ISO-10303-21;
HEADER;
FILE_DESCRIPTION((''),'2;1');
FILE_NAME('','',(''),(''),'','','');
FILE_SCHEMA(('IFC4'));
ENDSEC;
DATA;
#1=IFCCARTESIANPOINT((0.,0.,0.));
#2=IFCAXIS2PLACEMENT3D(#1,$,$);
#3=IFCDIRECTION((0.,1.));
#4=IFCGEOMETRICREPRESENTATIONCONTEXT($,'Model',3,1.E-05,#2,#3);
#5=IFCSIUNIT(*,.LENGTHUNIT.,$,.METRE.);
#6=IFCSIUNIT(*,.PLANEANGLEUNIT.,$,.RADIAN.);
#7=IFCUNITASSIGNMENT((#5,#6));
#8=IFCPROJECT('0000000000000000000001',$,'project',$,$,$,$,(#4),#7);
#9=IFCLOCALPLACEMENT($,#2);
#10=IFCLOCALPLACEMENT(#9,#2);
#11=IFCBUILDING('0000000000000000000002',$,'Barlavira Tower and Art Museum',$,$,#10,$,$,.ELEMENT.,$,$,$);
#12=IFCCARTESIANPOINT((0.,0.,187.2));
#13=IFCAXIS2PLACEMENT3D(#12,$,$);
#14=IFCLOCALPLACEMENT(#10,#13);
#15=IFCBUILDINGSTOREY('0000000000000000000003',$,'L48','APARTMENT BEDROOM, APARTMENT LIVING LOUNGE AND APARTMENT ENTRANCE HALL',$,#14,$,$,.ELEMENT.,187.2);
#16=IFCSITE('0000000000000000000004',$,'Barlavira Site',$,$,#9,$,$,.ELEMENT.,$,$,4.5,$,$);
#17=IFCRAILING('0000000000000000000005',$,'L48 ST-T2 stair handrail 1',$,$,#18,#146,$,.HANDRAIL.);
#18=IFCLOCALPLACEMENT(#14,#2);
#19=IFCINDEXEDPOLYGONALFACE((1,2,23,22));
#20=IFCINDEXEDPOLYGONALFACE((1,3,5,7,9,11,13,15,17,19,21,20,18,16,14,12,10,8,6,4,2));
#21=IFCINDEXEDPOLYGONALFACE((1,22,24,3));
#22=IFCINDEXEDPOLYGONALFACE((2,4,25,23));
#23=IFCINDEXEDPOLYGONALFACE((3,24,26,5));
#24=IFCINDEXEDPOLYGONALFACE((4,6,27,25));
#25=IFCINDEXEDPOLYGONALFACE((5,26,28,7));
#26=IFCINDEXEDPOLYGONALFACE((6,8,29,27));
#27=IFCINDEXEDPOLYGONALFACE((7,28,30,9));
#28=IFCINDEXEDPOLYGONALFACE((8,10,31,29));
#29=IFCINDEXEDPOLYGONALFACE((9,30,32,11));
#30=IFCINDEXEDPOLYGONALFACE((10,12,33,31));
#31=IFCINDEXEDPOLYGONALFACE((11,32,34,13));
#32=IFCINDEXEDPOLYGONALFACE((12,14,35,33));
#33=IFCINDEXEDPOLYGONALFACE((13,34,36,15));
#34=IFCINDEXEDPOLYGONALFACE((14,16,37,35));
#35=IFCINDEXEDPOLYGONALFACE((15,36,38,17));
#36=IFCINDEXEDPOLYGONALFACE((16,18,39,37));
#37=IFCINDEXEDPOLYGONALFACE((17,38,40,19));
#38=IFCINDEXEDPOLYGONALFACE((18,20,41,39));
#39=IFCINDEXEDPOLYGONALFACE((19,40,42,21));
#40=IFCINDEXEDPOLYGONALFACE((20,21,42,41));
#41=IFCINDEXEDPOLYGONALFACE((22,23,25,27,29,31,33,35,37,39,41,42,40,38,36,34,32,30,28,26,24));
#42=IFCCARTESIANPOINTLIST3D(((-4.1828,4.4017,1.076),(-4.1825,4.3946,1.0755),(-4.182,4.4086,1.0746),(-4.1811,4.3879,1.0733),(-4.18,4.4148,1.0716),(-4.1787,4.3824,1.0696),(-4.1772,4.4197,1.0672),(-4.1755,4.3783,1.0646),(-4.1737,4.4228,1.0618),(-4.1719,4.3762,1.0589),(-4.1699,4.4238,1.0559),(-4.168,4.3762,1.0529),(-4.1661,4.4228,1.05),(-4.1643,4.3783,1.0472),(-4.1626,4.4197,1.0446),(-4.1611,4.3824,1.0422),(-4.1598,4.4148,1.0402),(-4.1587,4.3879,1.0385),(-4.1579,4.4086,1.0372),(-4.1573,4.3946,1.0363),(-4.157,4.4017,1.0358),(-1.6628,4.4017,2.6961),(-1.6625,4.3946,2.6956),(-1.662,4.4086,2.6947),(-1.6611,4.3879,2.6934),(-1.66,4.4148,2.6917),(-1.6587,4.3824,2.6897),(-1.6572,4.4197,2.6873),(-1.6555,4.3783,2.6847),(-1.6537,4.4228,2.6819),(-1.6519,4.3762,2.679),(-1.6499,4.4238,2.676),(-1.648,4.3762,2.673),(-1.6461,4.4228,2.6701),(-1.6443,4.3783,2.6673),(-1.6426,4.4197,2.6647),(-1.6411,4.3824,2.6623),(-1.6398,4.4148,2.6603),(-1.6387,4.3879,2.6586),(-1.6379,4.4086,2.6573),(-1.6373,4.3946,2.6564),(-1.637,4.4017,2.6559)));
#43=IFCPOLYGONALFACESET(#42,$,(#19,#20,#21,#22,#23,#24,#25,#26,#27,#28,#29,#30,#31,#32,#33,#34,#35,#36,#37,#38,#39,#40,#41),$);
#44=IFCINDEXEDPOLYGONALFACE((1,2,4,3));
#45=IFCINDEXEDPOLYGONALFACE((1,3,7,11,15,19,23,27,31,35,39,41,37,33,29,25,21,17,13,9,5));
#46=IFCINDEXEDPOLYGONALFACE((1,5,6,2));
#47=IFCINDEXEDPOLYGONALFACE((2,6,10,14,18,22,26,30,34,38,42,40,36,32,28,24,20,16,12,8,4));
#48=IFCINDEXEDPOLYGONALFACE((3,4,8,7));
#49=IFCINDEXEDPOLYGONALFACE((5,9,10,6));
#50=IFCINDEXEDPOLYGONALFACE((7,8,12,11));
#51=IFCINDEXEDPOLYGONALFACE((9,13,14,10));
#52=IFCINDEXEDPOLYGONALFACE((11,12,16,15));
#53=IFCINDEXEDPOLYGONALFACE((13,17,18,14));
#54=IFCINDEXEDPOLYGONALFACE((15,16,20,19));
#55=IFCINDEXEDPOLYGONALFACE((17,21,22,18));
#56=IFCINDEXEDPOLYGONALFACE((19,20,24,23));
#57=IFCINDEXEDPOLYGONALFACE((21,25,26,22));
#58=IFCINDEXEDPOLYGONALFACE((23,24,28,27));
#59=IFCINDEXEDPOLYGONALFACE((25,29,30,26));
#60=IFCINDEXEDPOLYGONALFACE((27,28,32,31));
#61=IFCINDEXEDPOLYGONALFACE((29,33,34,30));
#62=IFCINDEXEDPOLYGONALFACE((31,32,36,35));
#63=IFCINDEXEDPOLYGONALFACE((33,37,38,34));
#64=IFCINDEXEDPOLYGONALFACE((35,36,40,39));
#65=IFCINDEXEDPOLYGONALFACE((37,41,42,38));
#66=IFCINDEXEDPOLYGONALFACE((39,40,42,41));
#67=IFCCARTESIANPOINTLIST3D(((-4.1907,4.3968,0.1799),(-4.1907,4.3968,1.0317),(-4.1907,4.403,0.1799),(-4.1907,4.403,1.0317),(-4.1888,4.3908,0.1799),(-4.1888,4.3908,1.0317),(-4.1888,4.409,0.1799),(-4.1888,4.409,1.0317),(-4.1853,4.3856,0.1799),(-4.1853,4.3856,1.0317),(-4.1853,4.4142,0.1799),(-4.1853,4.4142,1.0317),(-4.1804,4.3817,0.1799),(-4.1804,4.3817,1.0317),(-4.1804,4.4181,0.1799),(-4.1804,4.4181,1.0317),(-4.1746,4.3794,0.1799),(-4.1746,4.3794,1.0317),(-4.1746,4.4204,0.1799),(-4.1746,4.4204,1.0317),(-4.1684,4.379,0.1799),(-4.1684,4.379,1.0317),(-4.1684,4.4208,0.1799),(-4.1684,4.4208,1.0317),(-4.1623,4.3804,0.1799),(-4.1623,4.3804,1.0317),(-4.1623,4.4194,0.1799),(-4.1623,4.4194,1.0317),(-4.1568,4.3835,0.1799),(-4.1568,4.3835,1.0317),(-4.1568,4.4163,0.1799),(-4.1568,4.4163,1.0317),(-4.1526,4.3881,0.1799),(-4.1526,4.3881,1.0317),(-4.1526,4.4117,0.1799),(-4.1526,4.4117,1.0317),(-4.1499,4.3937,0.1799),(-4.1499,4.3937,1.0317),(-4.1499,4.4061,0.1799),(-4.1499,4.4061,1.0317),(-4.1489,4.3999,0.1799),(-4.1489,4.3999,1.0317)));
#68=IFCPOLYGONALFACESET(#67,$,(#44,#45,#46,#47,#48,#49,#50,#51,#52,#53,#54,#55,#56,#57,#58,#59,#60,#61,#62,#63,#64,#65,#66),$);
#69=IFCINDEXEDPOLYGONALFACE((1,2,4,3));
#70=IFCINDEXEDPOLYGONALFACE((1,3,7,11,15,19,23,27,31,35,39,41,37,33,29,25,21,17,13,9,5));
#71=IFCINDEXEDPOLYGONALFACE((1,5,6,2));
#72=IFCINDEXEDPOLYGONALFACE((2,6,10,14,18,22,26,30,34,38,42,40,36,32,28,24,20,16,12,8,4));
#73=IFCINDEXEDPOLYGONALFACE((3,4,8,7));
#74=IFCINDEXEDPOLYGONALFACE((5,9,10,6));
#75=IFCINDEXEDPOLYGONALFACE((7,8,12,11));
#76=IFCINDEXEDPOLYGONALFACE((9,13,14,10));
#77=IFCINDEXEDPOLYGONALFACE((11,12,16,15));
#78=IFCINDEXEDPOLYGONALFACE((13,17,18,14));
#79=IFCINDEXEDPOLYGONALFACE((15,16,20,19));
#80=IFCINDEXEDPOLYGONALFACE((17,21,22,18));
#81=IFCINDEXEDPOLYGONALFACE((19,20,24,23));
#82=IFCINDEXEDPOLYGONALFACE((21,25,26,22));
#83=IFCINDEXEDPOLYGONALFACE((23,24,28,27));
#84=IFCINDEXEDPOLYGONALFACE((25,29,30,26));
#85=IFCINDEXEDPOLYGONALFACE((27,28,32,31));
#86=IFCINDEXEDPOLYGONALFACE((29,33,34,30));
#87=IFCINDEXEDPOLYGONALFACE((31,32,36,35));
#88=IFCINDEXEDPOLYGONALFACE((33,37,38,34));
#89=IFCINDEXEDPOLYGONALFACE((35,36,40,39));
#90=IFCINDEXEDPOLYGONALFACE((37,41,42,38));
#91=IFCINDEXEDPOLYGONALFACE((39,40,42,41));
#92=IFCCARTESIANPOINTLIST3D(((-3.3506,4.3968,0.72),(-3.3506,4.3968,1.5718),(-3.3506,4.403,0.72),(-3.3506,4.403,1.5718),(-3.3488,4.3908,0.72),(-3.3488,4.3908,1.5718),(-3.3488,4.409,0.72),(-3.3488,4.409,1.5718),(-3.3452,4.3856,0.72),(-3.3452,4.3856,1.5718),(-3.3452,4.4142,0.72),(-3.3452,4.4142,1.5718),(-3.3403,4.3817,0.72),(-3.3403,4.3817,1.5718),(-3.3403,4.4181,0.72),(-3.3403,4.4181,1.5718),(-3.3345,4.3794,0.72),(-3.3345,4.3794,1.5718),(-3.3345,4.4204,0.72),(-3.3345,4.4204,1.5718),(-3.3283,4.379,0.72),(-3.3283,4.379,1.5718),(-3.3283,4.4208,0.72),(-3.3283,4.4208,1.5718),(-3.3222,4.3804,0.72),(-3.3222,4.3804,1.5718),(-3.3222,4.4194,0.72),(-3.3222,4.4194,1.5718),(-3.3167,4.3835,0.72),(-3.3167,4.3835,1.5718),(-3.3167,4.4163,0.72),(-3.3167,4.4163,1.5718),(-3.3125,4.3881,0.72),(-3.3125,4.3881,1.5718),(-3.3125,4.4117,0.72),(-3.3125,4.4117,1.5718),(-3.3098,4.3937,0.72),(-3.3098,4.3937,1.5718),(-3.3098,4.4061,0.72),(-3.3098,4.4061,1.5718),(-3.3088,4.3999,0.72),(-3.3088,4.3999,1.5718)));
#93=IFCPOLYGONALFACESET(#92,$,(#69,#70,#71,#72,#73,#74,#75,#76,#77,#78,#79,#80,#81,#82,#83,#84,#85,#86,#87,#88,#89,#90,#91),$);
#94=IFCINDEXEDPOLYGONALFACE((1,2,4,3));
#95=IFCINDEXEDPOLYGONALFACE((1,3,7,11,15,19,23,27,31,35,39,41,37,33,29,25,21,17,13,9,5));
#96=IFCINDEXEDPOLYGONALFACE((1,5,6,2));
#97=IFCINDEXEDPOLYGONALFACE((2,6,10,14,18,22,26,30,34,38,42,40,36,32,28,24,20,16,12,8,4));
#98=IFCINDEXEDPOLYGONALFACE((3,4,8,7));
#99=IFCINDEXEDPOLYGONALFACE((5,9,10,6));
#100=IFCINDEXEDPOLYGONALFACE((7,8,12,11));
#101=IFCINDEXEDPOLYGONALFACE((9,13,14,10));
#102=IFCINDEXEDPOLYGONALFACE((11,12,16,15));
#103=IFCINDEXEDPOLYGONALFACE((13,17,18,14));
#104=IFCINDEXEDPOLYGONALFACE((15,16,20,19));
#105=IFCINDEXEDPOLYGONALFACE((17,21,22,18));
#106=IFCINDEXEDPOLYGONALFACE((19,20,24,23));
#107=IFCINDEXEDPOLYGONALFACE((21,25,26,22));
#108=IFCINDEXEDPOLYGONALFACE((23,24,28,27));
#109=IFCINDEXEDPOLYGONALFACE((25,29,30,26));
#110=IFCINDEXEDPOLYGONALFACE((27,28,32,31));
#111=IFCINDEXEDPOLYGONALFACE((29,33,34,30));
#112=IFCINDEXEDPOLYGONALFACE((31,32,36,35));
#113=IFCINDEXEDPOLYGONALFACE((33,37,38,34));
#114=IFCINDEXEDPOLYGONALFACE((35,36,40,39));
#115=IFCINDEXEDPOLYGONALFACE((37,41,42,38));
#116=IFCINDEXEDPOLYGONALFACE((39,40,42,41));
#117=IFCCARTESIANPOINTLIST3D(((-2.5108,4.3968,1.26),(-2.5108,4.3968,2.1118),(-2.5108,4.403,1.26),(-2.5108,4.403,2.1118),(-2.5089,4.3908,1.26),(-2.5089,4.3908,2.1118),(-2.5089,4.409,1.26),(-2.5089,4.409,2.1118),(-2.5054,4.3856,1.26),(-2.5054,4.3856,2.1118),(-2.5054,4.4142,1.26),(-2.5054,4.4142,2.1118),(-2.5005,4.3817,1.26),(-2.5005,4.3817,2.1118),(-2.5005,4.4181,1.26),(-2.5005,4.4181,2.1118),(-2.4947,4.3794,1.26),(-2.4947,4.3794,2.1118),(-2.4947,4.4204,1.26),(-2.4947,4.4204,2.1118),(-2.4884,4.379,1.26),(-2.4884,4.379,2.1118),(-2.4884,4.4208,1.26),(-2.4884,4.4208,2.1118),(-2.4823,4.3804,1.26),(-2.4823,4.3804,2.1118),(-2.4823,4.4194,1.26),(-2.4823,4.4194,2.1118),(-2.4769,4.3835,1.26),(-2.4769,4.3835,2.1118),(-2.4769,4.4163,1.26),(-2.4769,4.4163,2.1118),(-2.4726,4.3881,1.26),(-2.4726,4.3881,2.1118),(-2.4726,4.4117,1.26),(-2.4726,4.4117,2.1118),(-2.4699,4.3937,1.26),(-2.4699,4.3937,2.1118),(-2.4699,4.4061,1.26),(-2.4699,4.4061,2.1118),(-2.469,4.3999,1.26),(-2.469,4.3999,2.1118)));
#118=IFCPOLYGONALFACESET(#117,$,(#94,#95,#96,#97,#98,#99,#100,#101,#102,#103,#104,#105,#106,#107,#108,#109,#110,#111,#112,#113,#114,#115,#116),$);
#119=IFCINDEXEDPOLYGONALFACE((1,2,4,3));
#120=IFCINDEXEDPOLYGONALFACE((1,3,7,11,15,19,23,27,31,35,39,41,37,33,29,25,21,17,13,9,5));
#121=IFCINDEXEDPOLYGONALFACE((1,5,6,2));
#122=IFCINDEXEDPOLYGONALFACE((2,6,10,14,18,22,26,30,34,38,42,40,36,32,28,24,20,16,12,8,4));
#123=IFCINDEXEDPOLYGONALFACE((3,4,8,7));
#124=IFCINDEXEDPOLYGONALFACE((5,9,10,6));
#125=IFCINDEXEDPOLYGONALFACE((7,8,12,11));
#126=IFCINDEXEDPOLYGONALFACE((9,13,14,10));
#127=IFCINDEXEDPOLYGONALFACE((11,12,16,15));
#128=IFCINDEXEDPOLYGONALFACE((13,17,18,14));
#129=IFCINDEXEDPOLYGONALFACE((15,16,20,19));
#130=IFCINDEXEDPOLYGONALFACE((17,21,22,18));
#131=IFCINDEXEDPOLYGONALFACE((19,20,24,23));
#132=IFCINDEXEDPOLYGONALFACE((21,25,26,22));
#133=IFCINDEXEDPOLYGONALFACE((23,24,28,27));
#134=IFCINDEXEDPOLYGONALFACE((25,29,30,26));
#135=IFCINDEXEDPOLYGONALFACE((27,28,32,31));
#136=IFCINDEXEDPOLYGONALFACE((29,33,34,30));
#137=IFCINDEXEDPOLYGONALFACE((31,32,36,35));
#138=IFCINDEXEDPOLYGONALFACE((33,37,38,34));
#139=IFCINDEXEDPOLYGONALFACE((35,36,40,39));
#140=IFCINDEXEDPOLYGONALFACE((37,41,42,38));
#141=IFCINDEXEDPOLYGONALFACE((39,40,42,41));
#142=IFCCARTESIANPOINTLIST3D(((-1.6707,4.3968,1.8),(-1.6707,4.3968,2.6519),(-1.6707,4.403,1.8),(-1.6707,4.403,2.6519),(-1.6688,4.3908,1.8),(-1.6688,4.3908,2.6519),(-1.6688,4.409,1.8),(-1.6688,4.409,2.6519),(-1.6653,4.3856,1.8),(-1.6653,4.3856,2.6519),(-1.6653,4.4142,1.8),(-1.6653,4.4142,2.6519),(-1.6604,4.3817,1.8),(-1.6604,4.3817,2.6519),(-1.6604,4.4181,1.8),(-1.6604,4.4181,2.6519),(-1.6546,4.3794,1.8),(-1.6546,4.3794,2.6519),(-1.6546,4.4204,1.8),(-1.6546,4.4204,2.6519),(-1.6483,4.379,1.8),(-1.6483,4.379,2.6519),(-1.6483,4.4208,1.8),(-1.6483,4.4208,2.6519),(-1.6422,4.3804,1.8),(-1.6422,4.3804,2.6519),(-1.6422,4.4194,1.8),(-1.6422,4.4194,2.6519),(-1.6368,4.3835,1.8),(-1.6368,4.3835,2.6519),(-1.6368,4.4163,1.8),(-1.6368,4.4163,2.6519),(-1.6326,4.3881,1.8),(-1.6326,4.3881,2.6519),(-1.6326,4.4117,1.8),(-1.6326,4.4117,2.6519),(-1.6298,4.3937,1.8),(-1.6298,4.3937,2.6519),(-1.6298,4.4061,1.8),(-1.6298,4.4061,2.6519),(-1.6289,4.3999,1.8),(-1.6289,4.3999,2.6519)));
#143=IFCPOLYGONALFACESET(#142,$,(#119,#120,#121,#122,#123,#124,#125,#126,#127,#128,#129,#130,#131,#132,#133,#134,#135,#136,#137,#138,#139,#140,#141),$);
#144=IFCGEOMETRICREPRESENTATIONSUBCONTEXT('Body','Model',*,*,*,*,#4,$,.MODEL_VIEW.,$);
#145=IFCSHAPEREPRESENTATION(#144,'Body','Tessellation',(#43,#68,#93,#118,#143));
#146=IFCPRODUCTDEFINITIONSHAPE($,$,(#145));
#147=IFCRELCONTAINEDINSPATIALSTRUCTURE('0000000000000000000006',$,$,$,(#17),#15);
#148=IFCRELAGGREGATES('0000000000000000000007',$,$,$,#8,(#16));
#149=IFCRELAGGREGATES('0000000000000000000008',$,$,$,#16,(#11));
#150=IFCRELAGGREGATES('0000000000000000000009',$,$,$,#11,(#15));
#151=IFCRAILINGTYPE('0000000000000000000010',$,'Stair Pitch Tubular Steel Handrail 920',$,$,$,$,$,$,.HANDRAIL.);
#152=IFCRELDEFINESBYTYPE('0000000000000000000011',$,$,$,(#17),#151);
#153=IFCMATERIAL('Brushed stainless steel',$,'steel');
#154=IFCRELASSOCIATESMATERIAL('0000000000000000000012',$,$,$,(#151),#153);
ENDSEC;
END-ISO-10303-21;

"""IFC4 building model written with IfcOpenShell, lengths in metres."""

from ifc_helpers import new_model, si_unit, direction, frame, origin, origin_2d, place, context, subcontext, project, spatial, circle, extrude, material, type_object, element, save


model = new_model("IFC4")

# Units and contexts
model_context = context("Model", 3, precision=1e-05, world=origin(), true_north=direction((0.0, 1.0)))
body_context = subcontext(model_context, "Body", "Model", "MODEL_VIEW")
ifc_project = project(units=[si_unit("LENGTHUNIT", "METRE"), si_unit("PLANEANGLEUNIT", "RADIAN")], contexts=[model_context])

# Site, building, storey
site_placement = place(None, origin())
site = spatial("IfcSite", under=ifc_project, at=site_placement, Name="Barlavira Site", CompositionType="ELEMENT", RefElevation=4.5)
building_placement = place(site_placement, origin())
building = spatial("IfcBuilding", under=site, at=building_placement, Name="Barlavira Tower and Art Museum", CompositionType="ELEMENT")
storey_placement = place(building_placement, frame((0.0, 0.0, 187.2)))
storey = spatial("IfcBuildingStorey", under=building, at=storey_placement, Name="L48", Description="APARTMENT BEDROOM, APARTMENT LIVING LOUNGE AND APARTMENT ENTRANCE HALL", CompositionType="ELEMENT", Elevation=187.2)

# Shared definitions
ifc_material_1 = material(Name="Brushed stainless steel", Category="steel")

# Railing
railing_type_1 = type_object("IfcRailingType", Name="Stair Pitch Tubular Steel Handrail 920", PredefinedType="HANDRAIL", material=ifc_material_1)
railing_1_placement = place(storey_placement, frame((-4.1699, 4.3999, 0.1799)))
element("IfcRailing", 1, at=railing_1_placement, inside=storey, type_object=railing_type_1, Name="L48 ST-T2 stair handrail 1", PredefinedType="HANDRAIL", context=body_context, shape_type="SweptSolid", body=[
    extrude(circle(Radius=0.0239, at=origin_2d()), frame((0.0, 0.0, 0.876), z_axis=(0.841163, 0.0, 0.540782), x_axis=(0.0, 1.0, 0.0)), (0.0, 0.0, 1.0), 2.9958),
    extrude(circle(Radius=0.021, at=origin_2d()), origin(), (0.0, 0.0, 1.0), 0.8518),
    extrude(circle(Radius=0.021, at=origin_2d()), frame((0.8401, 0.0, 0.54)), (0.0, 0.0, 1.0), 0.8518),
    extrude(circle(Radius=0.021, at=origin_2d()), frame((1.6799, 0.0, 1.0801)), (0.0, 0.0, 1.0), 0.8518),
    extrude(circle(Radius=0.021, at=origin_2d()), frame((2.52, 0.0, 1.6201)), (0.0, 0.0, 1.0), 0.8518),
])

save(model, "model.ifc")
